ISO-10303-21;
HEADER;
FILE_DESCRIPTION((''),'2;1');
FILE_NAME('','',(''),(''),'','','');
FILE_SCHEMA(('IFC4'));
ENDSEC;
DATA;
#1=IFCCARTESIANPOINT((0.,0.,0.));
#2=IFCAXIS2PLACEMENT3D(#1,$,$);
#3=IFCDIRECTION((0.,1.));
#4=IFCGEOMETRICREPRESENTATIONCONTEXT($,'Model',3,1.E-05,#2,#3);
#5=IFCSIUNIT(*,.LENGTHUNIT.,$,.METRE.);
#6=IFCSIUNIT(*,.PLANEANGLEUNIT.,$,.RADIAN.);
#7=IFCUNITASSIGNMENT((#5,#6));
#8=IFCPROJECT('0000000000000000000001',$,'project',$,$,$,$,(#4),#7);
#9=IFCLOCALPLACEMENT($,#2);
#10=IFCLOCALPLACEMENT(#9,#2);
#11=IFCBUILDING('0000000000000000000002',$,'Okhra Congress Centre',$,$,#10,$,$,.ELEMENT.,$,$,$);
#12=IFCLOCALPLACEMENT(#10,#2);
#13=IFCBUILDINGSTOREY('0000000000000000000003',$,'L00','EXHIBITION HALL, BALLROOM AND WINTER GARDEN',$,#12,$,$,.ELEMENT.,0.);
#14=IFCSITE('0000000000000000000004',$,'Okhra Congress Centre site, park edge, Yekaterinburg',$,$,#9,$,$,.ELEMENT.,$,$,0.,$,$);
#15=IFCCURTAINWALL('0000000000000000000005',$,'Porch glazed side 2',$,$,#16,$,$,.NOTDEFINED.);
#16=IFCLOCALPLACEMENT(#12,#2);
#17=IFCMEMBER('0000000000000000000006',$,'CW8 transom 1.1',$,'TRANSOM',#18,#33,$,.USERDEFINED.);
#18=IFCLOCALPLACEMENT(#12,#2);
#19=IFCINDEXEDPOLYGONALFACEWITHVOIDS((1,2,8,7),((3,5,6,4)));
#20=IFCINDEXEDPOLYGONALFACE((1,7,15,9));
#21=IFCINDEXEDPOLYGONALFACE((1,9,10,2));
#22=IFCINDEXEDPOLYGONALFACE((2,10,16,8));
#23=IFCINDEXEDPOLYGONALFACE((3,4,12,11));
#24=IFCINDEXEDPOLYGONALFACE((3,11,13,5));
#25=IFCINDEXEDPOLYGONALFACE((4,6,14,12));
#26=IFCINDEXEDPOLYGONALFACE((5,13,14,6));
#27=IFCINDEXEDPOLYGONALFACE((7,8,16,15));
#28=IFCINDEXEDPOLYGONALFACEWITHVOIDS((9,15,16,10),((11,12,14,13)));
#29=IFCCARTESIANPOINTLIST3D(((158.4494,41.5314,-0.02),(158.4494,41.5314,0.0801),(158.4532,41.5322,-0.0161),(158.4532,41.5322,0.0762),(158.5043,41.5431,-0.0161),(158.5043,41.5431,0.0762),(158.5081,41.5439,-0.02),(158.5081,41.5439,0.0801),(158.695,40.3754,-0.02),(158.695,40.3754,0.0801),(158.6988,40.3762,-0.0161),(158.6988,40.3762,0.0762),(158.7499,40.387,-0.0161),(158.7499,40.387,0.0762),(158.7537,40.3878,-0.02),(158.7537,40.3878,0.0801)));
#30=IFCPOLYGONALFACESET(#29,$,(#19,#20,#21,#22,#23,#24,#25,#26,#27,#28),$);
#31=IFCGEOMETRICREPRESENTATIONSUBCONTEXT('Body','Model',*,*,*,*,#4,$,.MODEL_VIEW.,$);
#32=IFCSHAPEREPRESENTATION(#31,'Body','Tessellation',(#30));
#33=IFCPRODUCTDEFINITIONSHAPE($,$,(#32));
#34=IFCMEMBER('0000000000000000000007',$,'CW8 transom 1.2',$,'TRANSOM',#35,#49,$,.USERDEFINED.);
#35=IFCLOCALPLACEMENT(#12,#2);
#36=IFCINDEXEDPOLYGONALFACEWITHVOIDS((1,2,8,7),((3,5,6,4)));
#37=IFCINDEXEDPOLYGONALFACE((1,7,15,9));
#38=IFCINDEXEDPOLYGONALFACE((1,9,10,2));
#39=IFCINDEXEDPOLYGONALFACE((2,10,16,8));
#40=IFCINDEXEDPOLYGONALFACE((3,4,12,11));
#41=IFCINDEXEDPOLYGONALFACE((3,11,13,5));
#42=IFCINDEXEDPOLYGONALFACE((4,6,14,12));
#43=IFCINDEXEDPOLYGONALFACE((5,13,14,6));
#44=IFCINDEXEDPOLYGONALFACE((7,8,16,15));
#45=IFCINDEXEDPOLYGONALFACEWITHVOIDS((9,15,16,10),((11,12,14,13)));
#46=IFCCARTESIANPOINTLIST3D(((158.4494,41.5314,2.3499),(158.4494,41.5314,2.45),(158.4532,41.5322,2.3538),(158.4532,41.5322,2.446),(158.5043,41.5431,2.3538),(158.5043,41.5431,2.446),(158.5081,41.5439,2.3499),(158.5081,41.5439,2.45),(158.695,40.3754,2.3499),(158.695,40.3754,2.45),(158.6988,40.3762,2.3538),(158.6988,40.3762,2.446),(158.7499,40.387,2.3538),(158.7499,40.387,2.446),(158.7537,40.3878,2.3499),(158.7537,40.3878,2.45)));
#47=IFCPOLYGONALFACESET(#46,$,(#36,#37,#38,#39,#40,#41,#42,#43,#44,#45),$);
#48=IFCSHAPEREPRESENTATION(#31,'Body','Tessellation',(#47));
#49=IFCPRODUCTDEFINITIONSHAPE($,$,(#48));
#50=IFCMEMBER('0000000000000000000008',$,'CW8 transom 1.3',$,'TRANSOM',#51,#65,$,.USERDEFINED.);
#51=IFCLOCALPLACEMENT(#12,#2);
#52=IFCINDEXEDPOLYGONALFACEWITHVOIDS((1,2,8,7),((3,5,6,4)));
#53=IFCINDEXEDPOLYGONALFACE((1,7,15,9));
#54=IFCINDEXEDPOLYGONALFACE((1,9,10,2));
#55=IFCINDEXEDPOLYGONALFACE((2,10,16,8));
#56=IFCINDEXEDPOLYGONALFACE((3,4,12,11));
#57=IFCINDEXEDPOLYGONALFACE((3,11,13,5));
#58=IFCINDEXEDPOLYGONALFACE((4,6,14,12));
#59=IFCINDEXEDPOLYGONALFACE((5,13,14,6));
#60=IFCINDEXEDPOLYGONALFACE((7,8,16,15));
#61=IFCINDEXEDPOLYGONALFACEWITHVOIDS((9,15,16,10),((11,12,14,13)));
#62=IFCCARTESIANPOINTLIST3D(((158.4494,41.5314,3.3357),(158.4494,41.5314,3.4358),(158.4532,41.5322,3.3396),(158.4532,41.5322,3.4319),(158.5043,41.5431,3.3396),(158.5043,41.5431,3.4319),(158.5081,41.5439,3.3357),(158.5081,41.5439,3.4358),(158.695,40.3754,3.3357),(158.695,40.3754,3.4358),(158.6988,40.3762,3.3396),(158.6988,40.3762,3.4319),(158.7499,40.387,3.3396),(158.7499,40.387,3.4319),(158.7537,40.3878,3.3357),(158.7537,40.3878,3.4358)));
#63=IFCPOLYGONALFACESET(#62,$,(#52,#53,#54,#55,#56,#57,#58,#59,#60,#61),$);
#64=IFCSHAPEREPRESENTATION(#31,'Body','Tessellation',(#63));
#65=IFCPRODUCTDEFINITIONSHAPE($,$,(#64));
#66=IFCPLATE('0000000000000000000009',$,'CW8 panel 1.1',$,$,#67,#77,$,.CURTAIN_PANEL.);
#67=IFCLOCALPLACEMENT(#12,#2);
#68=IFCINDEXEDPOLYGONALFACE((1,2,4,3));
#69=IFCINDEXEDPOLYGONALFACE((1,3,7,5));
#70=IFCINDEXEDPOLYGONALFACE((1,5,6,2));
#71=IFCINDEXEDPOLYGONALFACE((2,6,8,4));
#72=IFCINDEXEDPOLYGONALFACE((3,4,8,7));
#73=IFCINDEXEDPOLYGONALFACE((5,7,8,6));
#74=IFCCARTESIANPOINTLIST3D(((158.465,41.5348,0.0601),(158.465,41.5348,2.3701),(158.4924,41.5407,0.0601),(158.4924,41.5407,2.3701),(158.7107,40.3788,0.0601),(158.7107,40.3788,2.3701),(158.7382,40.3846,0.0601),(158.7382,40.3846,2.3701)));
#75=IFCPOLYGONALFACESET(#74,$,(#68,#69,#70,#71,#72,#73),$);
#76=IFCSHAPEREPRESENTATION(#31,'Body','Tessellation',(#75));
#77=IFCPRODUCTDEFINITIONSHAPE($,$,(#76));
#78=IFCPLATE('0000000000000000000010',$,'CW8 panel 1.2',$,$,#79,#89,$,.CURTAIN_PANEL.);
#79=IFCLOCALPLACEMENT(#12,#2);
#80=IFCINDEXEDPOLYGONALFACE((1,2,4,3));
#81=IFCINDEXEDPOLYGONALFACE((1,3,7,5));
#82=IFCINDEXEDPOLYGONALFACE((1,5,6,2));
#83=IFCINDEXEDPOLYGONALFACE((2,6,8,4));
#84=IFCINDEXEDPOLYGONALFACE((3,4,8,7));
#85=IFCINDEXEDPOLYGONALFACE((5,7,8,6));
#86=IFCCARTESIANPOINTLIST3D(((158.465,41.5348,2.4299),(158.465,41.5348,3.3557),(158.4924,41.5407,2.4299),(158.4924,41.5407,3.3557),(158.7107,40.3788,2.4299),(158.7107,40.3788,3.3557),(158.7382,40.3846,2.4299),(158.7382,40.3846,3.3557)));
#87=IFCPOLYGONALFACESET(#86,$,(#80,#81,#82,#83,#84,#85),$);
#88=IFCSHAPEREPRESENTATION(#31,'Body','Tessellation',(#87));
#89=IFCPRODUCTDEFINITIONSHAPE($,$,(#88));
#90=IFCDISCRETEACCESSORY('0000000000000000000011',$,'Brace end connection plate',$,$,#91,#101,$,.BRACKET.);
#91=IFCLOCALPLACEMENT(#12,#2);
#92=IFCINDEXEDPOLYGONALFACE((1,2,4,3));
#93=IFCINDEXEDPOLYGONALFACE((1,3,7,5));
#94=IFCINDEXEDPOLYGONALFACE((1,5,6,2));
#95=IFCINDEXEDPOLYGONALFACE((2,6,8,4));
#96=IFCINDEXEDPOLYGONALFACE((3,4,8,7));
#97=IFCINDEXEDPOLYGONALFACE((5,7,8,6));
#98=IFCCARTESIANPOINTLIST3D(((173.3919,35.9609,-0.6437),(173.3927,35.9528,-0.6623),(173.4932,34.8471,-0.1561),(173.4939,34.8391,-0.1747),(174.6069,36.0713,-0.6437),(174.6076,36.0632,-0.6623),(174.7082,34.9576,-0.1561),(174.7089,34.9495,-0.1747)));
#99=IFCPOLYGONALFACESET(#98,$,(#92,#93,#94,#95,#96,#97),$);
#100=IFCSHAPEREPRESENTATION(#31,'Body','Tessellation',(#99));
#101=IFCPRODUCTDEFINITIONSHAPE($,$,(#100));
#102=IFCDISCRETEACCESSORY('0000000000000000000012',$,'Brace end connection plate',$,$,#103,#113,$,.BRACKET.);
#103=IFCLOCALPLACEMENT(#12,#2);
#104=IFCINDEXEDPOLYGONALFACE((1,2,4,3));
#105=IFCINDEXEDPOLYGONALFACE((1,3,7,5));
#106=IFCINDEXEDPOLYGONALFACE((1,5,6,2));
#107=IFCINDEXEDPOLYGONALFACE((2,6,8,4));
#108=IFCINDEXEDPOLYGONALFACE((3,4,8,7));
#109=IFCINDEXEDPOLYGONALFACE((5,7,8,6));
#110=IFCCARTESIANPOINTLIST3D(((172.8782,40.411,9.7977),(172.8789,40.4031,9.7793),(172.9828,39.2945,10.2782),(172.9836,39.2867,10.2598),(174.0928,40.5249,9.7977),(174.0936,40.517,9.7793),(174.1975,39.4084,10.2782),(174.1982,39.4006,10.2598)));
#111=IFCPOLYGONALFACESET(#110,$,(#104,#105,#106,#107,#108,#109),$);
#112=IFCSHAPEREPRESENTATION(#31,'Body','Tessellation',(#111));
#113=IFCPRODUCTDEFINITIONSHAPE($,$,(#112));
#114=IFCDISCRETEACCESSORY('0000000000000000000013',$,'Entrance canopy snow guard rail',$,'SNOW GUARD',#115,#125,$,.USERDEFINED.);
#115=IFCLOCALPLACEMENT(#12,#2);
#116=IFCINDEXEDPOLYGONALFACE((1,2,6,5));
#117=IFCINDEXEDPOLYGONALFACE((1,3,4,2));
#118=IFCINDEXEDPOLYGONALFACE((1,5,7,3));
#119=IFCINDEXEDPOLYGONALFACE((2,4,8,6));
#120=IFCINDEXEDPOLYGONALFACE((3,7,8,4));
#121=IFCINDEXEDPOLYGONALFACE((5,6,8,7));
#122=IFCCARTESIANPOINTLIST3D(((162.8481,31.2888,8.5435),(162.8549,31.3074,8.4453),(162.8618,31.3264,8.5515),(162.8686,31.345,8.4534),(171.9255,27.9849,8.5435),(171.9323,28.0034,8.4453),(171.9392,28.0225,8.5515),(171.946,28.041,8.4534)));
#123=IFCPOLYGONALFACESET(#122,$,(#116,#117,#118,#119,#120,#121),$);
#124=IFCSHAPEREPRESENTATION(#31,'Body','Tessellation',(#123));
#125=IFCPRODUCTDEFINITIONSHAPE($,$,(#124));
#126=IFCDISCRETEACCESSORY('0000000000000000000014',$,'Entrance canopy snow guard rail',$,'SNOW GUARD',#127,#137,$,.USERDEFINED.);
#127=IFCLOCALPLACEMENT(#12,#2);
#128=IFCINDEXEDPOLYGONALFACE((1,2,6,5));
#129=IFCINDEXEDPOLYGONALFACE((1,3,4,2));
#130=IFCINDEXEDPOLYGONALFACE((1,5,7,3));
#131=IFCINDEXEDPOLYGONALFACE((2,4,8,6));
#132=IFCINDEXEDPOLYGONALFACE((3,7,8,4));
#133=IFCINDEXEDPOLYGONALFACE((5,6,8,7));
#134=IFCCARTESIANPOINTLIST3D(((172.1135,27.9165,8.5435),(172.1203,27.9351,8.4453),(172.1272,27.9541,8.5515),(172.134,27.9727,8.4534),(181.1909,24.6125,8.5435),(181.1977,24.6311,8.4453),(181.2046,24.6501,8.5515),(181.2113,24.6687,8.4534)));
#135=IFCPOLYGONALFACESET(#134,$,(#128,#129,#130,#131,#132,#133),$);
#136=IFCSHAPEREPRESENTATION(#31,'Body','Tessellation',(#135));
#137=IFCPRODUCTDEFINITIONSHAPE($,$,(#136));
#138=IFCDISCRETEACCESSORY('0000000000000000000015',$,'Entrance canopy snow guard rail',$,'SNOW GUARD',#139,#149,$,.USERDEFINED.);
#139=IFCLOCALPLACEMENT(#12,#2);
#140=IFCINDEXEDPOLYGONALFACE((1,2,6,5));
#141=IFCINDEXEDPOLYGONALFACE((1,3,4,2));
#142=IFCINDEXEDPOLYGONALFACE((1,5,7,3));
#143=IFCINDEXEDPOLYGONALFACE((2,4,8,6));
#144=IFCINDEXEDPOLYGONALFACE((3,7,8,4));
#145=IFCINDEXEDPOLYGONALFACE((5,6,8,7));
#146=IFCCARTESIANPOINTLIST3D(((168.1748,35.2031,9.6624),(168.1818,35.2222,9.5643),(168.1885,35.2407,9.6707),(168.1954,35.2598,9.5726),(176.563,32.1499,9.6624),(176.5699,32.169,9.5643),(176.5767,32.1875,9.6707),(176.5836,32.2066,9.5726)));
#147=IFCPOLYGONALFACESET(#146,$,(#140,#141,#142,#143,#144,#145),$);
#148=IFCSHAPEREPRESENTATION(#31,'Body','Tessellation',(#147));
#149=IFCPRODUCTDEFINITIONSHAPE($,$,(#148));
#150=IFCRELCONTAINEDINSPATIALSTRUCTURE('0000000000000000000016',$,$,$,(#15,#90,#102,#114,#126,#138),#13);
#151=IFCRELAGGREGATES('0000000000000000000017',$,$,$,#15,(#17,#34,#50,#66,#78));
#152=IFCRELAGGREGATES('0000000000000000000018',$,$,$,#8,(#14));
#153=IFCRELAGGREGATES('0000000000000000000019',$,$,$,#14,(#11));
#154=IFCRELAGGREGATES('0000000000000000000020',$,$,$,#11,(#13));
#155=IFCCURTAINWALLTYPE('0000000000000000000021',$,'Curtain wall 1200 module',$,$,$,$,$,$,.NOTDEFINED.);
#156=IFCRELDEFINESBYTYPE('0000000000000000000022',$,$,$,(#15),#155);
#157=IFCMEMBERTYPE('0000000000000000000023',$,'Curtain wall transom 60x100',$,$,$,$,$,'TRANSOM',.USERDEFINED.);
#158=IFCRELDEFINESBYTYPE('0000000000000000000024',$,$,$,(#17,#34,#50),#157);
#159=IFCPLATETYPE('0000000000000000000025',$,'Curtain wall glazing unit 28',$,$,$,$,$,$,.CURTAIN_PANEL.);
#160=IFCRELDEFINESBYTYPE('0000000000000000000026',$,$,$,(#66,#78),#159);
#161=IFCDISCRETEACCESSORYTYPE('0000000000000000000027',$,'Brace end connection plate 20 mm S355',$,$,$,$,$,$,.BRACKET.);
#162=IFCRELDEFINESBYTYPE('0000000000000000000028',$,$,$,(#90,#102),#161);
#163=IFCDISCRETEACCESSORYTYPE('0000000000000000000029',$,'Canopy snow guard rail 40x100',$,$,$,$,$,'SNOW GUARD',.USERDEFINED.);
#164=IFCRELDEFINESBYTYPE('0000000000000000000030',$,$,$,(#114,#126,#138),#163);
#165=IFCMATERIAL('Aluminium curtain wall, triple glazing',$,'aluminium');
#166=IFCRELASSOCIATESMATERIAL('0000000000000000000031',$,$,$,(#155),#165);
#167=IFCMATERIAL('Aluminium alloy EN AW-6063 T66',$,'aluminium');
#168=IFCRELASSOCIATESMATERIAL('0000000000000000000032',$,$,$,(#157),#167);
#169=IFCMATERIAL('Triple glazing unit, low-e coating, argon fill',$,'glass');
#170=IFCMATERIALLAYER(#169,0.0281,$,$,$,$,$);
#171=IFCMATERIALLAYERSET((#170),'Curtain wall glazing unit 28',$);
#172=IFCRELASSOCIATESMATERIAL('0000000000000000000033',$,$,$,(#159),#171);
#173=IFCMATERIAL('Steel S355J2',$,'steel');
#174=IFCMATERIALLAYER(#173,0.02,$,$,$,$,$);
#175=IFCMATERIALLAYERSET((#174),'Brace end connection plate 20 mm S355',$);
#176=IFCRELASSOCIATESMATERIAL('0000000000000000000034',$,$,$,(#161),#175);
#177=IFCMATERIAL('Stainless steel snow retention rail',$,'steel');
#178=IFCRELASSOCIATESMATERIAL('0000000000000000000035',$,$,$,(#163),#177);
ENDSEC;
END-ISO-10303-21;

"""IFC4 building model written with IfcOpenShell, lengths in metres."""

from ifc_helpers import new_model, si_unit, direction, frame, origin, origin_2d, place, context, subcontext, project, spatial, polyline, rectangle, hollow_rectangle, outline, extrude, material, layer, layer_set, material_profile, profile_set, type_object, element, aggregate, save


model = new_model("IFC4")

# Units and contexts
model_context = context("Model", 3, precision=1e-05, world=origin(), true_north=direction((0.0, 1.0)))
body_context = subcontext(model_context, "Body", "Model", "MODEL_VIEW")
ifc_project = project(units=[si_unit("LENGTHUNIT", "METRE"), si_unit("PLANEANGLEUNIT", "RADIAN")], contexts=[model_context])

# Site, building, storey
site_placement = place(None, origin())
site = spatial("IfcSite", under=ifc_project, at=site_placement, Name="Okhra Congress Centre site, park edge, Yekaterinburg", CompositionType="ELEMENT", RefElevation=0.0)
building_placement = place(site_placement, origin())
building = spatial("IfcBuilding", under=site, at=building_placement, Name="Okhra Congress Centre", CompositionType="ELEMENT")
storey_placement = place(building_placement, origin())
storey = spatial("IfcBuildingStorey", under=building, at=storey_placement, Name="L00", Description="EXHIBITION HALL, BALLROOM AND WINTER GARDEN", CompositionType="ELEMENT", Elevation=0.0)

# Curtain wall, members, plates
ifc_material_1 = material(Name="Aluminium curtain wall, triple glazing", Category="aluminium")
curtain_wall_type = type_object("IfcCurtainWallType", Name="Curtain wall 1200 module", PredefinedType="NOTDEFINED", material=ifc_material_1)
curtain_wall_placement = place(storey_placement, origin())
curtain_wall = element("IfcCurtainWall", 1, at=curtain_wall_placement, inside=storey, type_object=curtain_wall_type, Name="Porch glazed side 2", PredefinedType="NOTDEFINED")
ifc_material_2 = material(Name="Aluminium alloy EN AW-6063 T66", Category="aluminium")
ifc_material_profile_1 = material_profile(ifc_material_2, hollow_rectangle(XDim=0.0601, YDim=0.1001, WallThickness=0.0039, at=origin_2d()), Name="RHS 60x100x4")
ifc_profile_set_1 = profile_set([ifc_material_profile_1], Name="Aluminium alloy EN AW-6063 T66")
member_type_1 = type_object("IfcMemberType", Name="Curtain wall transom 60x100", ElementType="TRANSOM", PredefinedType="USERDEFINED", material=ifc_profile_set_1)
member_1_placement = place(storey_placement, frame((158.7244, 40.3816, 0.03), z_axis=(-0.207822, 0.978167, 0.0), x_axis=(-0.978167, -0.207822, 0.0)))
member_1 = element("IfcMember", 2, at=member_1_placement, type_object=member_type_1, Name="CW8 transom 1.1", ObjectType="TRANSOM", PredefinedType="USERDEFINED", context=body_context, shape_type="SweptSolid", body=[
    extrude(hollow_rectangle(XDim=0.0601, YDim=0.1001, WallThickness=0.0039, at=origin_2d()), origin(), (0.0, 0.0, 1.0), 1.1819),
])
member_2_placement = place(storey_placement, frame((158.7244, 40.3816, 2.3999), z_axis=(-0.207822, 0.978167, 0.0), x_axis=(-0.978167, -0.207822, 0.0)))
member_2 = element("IfcMember", 3, at=member_2_placement, type_object=member_type_1, Name="CW8 transom 1.2", ObjectType="TRANSOM", PredefinedType="USERDEFINED", context=body_context, shape_type="SweptSolid", body=[
    extrude(hollow_rectangle(XDim=0.0601, YDim=0.1001, WallThickness=0.0039, at=origin_2d()), origin(), (0.0, 0.0, 1.0), 1.1819),
])
member_3_placement = place(storey_placement, frame((158.7244, 40.3816, 3.3857), z_axis=(-0.207822, 0.978167, 0.0), x_axis=(-0.978167, -0.207822, 0.0)))
member_3 = element("IfcMember", 4, at=member_3_placement, type_object=member_type_1, Name="CW8 transom 1.3", ObjectType="TRANSOM", PredefinedType="USERDEFINED", context=body_context, shape_type="SweptSolid", body=[
    extrude(hollow_rectangle(XDim=0.0601, YDim=0.1001, WallThickness=0.0039, at=origin_2d()), origin(), (0.0, 0.0, 1.0), 1.1819),
])
ifc_material_3 = material(Name="Triple glazing unit, low-e coating, argon fill", Category="glass")
ifc_layer_1 = layer(ifc_material_3, 0.0281)
ifc_layer_set_1 = layer_set([ifc_layer_1], Name="Curtain wall glazing unit 28")
plate_type = type_object("IfcPlateType", Name="Curtain wall glazing unit 28", PredefinedType="CURTAIN_PANEL", material=ifc_layer_set_1)
plate_1_placement = place(storey_placement, frame((158.6016, 40.9597, 0.0601), z_axis=(0.0, 0.0, 1.0), x_axis=(-0.207912, 0.978148, 0.0)))
plate_1 = element("IfcPlate", 5, at=plate_1_placement, type_object=plate_type, Name="CW8 panel 1.1", PredefinedType="CURTAIN_PANEL", context=body_context, shape_type="SweptSolid", body=[
    extrude(rectangle(XDim=1.1819, YDim=0.0281, at=origin_2d()), origin(), (0.0, 0.0, 1.0), 2.3101),
])
plate_2_placement = place(storey_placement, frame((158.6016, 40.9597, 2.4299), z_axis=(0.0, 0.0, 1.0), x_axis=(-0.207912, 0.978148, 0.0)))
plate_2 = element("IfcPlate", 6, at=plate_2_placement, type_object=plate_type, Name="CW8 panel 1.2", PredefinedType="CURTAIN_PANEL", context=body_context, shape_type="SweptSolid", body=[
    extrude(rectangle(XDim=1.1819, YDim=0.0281, at=origin_2d()), origin(), (0.0, 0.0, 1.0), 0.9258),
])
aggregate(curtain_wall, [member_1, member_2, member_3, plate_1, plate_2])

# Discrete accessories
ifc_material_4 = material(Name="Steel S355J2", Category="steel")
ifc_layer_2 = layer(ifc_material_4, 0.02)
ifc_layer_set_2 = layer_set([ifc_layer_2], Name="Brace end connection plate 20 mm S355")
discrete_accessory_type_1 = type_object("IfcDiscreteAccessoryType", Name="Brace end connection plate 20 mm S355", PredefinedType="BRACKET", material=ifc_layer_set_2)
discrete_accessory_1_placement = place(storey_placement, frame((174.05, 35.4592, -0.3999), z_axis=(0.036184, -0.398024, -0.916661), x_axis=(0.995893, 0.090536, 0.0)))
element("IfcDiscreteAccessory", 7, at=discrete_accessory_1_placement, inside=storey, type_object=discrete_accessory_type_1, Name="Brace end connection plate", PredefinedType="BRACKET", context=body_context, shape_type="SweptSolid", body=[
    extrude(rectangle(XDim=1.22, YDim=1.22, at=origin_2d()), origin(), (0.0, 0.0, 1.0), 0.0203),
])
discrete_accessory_2_placement = place(storey_placement, frame((173.5386, 39.9019, 10.0195), z_axis=(-0.036766, 0.392173, 0.919156), x_axis=(-0.995634, -0.093341, 0.0)))
element("IfcDiscreteAccessory", 8, at=discrete_accessory_2_placement, inside=storey, type_object=discrete_accessory_type_1, Name="Brace end connection plate", PredefinedType="BRACKET", context=body_context, shape_type="SweptSolid", body=[
    extrude(rectangle(XDim=1.22, YDim=1.22, at=origin_2d()), origin(), (0.0, 0.0, 1.0), 0.02),
])
ifc_material_5 = material(Name="Stainless steel snow retention rail", Category="steel")
discrete_accessory_type_2 = type_object("IfcDiscreteAccessoryType", Name="Canopy snow guard rail 40x100", ElementType="SNOW GUARD", PredefinedType="USERDEFINED", material=ifc_material_5)
for number, where, z_axis, x_axis, name in (
    (9, (162.8481, 31.2888, 8.5435), (-0.067523, -0.185515, 0.980319), (0.939691, -0.342025, 0.0), "Entrance canopy snow guard rail"),
    (10, (172.1135, 27.9165, 8.5435), (-0.067523, -0.185515, 0.980319), (0.939691, -0.342025, 0.0), "Entrance canopy snow guard rail"),
):
    element("IfcDiscreteAccessory", number, at=place(storey_placement, frame(where, z_axis=z_axis, x_axis=x_axis)), inside=storey, type_object=discrete_accessory_type_2, Name=name, ObjectType="SNOW GUARD", PredefinedType="USERDEFINED", context=body_context, shape_type="SweptSolid", body=[
        extrude(outline(polyline([(0.0, 0.0), (9.66, 0.0), (9.66, 0.0408), (0.0, 0.0408), (0.0, 0.0)])), origin(), (0.0, 0.0, -1.0), 0.1001),
    ])
discrete_accessory_3_placement = place(storey_placement, frame((168.1748, 35.2031, 9.6624), z_axis=(-0.069488, -0.190907, 0.979146), x_axis=(0.939686, -0.342037, 0.0)))
element("IfcDiscreteAccessory", 11, at=discrete_accessory_3_placement, inside=storey, type_object=discrete_accessory_type_2, Name="Entrance canopy snow guard rail", ObjectType="SNOW GUARD", PredefinedType="USERDEFINED", context=body_context, shape_type="SweptSolid", body=[
    extrude(outline(polyline([(0.0, 0.0), (8.9266, 0.0), (8.9266, 0.0409), (0.0, 0.0409), (0.0, 0.0)])), origin(), (0.0, 0.0, -1.0), 0.1001),
])

save(model, "model.ifc")
